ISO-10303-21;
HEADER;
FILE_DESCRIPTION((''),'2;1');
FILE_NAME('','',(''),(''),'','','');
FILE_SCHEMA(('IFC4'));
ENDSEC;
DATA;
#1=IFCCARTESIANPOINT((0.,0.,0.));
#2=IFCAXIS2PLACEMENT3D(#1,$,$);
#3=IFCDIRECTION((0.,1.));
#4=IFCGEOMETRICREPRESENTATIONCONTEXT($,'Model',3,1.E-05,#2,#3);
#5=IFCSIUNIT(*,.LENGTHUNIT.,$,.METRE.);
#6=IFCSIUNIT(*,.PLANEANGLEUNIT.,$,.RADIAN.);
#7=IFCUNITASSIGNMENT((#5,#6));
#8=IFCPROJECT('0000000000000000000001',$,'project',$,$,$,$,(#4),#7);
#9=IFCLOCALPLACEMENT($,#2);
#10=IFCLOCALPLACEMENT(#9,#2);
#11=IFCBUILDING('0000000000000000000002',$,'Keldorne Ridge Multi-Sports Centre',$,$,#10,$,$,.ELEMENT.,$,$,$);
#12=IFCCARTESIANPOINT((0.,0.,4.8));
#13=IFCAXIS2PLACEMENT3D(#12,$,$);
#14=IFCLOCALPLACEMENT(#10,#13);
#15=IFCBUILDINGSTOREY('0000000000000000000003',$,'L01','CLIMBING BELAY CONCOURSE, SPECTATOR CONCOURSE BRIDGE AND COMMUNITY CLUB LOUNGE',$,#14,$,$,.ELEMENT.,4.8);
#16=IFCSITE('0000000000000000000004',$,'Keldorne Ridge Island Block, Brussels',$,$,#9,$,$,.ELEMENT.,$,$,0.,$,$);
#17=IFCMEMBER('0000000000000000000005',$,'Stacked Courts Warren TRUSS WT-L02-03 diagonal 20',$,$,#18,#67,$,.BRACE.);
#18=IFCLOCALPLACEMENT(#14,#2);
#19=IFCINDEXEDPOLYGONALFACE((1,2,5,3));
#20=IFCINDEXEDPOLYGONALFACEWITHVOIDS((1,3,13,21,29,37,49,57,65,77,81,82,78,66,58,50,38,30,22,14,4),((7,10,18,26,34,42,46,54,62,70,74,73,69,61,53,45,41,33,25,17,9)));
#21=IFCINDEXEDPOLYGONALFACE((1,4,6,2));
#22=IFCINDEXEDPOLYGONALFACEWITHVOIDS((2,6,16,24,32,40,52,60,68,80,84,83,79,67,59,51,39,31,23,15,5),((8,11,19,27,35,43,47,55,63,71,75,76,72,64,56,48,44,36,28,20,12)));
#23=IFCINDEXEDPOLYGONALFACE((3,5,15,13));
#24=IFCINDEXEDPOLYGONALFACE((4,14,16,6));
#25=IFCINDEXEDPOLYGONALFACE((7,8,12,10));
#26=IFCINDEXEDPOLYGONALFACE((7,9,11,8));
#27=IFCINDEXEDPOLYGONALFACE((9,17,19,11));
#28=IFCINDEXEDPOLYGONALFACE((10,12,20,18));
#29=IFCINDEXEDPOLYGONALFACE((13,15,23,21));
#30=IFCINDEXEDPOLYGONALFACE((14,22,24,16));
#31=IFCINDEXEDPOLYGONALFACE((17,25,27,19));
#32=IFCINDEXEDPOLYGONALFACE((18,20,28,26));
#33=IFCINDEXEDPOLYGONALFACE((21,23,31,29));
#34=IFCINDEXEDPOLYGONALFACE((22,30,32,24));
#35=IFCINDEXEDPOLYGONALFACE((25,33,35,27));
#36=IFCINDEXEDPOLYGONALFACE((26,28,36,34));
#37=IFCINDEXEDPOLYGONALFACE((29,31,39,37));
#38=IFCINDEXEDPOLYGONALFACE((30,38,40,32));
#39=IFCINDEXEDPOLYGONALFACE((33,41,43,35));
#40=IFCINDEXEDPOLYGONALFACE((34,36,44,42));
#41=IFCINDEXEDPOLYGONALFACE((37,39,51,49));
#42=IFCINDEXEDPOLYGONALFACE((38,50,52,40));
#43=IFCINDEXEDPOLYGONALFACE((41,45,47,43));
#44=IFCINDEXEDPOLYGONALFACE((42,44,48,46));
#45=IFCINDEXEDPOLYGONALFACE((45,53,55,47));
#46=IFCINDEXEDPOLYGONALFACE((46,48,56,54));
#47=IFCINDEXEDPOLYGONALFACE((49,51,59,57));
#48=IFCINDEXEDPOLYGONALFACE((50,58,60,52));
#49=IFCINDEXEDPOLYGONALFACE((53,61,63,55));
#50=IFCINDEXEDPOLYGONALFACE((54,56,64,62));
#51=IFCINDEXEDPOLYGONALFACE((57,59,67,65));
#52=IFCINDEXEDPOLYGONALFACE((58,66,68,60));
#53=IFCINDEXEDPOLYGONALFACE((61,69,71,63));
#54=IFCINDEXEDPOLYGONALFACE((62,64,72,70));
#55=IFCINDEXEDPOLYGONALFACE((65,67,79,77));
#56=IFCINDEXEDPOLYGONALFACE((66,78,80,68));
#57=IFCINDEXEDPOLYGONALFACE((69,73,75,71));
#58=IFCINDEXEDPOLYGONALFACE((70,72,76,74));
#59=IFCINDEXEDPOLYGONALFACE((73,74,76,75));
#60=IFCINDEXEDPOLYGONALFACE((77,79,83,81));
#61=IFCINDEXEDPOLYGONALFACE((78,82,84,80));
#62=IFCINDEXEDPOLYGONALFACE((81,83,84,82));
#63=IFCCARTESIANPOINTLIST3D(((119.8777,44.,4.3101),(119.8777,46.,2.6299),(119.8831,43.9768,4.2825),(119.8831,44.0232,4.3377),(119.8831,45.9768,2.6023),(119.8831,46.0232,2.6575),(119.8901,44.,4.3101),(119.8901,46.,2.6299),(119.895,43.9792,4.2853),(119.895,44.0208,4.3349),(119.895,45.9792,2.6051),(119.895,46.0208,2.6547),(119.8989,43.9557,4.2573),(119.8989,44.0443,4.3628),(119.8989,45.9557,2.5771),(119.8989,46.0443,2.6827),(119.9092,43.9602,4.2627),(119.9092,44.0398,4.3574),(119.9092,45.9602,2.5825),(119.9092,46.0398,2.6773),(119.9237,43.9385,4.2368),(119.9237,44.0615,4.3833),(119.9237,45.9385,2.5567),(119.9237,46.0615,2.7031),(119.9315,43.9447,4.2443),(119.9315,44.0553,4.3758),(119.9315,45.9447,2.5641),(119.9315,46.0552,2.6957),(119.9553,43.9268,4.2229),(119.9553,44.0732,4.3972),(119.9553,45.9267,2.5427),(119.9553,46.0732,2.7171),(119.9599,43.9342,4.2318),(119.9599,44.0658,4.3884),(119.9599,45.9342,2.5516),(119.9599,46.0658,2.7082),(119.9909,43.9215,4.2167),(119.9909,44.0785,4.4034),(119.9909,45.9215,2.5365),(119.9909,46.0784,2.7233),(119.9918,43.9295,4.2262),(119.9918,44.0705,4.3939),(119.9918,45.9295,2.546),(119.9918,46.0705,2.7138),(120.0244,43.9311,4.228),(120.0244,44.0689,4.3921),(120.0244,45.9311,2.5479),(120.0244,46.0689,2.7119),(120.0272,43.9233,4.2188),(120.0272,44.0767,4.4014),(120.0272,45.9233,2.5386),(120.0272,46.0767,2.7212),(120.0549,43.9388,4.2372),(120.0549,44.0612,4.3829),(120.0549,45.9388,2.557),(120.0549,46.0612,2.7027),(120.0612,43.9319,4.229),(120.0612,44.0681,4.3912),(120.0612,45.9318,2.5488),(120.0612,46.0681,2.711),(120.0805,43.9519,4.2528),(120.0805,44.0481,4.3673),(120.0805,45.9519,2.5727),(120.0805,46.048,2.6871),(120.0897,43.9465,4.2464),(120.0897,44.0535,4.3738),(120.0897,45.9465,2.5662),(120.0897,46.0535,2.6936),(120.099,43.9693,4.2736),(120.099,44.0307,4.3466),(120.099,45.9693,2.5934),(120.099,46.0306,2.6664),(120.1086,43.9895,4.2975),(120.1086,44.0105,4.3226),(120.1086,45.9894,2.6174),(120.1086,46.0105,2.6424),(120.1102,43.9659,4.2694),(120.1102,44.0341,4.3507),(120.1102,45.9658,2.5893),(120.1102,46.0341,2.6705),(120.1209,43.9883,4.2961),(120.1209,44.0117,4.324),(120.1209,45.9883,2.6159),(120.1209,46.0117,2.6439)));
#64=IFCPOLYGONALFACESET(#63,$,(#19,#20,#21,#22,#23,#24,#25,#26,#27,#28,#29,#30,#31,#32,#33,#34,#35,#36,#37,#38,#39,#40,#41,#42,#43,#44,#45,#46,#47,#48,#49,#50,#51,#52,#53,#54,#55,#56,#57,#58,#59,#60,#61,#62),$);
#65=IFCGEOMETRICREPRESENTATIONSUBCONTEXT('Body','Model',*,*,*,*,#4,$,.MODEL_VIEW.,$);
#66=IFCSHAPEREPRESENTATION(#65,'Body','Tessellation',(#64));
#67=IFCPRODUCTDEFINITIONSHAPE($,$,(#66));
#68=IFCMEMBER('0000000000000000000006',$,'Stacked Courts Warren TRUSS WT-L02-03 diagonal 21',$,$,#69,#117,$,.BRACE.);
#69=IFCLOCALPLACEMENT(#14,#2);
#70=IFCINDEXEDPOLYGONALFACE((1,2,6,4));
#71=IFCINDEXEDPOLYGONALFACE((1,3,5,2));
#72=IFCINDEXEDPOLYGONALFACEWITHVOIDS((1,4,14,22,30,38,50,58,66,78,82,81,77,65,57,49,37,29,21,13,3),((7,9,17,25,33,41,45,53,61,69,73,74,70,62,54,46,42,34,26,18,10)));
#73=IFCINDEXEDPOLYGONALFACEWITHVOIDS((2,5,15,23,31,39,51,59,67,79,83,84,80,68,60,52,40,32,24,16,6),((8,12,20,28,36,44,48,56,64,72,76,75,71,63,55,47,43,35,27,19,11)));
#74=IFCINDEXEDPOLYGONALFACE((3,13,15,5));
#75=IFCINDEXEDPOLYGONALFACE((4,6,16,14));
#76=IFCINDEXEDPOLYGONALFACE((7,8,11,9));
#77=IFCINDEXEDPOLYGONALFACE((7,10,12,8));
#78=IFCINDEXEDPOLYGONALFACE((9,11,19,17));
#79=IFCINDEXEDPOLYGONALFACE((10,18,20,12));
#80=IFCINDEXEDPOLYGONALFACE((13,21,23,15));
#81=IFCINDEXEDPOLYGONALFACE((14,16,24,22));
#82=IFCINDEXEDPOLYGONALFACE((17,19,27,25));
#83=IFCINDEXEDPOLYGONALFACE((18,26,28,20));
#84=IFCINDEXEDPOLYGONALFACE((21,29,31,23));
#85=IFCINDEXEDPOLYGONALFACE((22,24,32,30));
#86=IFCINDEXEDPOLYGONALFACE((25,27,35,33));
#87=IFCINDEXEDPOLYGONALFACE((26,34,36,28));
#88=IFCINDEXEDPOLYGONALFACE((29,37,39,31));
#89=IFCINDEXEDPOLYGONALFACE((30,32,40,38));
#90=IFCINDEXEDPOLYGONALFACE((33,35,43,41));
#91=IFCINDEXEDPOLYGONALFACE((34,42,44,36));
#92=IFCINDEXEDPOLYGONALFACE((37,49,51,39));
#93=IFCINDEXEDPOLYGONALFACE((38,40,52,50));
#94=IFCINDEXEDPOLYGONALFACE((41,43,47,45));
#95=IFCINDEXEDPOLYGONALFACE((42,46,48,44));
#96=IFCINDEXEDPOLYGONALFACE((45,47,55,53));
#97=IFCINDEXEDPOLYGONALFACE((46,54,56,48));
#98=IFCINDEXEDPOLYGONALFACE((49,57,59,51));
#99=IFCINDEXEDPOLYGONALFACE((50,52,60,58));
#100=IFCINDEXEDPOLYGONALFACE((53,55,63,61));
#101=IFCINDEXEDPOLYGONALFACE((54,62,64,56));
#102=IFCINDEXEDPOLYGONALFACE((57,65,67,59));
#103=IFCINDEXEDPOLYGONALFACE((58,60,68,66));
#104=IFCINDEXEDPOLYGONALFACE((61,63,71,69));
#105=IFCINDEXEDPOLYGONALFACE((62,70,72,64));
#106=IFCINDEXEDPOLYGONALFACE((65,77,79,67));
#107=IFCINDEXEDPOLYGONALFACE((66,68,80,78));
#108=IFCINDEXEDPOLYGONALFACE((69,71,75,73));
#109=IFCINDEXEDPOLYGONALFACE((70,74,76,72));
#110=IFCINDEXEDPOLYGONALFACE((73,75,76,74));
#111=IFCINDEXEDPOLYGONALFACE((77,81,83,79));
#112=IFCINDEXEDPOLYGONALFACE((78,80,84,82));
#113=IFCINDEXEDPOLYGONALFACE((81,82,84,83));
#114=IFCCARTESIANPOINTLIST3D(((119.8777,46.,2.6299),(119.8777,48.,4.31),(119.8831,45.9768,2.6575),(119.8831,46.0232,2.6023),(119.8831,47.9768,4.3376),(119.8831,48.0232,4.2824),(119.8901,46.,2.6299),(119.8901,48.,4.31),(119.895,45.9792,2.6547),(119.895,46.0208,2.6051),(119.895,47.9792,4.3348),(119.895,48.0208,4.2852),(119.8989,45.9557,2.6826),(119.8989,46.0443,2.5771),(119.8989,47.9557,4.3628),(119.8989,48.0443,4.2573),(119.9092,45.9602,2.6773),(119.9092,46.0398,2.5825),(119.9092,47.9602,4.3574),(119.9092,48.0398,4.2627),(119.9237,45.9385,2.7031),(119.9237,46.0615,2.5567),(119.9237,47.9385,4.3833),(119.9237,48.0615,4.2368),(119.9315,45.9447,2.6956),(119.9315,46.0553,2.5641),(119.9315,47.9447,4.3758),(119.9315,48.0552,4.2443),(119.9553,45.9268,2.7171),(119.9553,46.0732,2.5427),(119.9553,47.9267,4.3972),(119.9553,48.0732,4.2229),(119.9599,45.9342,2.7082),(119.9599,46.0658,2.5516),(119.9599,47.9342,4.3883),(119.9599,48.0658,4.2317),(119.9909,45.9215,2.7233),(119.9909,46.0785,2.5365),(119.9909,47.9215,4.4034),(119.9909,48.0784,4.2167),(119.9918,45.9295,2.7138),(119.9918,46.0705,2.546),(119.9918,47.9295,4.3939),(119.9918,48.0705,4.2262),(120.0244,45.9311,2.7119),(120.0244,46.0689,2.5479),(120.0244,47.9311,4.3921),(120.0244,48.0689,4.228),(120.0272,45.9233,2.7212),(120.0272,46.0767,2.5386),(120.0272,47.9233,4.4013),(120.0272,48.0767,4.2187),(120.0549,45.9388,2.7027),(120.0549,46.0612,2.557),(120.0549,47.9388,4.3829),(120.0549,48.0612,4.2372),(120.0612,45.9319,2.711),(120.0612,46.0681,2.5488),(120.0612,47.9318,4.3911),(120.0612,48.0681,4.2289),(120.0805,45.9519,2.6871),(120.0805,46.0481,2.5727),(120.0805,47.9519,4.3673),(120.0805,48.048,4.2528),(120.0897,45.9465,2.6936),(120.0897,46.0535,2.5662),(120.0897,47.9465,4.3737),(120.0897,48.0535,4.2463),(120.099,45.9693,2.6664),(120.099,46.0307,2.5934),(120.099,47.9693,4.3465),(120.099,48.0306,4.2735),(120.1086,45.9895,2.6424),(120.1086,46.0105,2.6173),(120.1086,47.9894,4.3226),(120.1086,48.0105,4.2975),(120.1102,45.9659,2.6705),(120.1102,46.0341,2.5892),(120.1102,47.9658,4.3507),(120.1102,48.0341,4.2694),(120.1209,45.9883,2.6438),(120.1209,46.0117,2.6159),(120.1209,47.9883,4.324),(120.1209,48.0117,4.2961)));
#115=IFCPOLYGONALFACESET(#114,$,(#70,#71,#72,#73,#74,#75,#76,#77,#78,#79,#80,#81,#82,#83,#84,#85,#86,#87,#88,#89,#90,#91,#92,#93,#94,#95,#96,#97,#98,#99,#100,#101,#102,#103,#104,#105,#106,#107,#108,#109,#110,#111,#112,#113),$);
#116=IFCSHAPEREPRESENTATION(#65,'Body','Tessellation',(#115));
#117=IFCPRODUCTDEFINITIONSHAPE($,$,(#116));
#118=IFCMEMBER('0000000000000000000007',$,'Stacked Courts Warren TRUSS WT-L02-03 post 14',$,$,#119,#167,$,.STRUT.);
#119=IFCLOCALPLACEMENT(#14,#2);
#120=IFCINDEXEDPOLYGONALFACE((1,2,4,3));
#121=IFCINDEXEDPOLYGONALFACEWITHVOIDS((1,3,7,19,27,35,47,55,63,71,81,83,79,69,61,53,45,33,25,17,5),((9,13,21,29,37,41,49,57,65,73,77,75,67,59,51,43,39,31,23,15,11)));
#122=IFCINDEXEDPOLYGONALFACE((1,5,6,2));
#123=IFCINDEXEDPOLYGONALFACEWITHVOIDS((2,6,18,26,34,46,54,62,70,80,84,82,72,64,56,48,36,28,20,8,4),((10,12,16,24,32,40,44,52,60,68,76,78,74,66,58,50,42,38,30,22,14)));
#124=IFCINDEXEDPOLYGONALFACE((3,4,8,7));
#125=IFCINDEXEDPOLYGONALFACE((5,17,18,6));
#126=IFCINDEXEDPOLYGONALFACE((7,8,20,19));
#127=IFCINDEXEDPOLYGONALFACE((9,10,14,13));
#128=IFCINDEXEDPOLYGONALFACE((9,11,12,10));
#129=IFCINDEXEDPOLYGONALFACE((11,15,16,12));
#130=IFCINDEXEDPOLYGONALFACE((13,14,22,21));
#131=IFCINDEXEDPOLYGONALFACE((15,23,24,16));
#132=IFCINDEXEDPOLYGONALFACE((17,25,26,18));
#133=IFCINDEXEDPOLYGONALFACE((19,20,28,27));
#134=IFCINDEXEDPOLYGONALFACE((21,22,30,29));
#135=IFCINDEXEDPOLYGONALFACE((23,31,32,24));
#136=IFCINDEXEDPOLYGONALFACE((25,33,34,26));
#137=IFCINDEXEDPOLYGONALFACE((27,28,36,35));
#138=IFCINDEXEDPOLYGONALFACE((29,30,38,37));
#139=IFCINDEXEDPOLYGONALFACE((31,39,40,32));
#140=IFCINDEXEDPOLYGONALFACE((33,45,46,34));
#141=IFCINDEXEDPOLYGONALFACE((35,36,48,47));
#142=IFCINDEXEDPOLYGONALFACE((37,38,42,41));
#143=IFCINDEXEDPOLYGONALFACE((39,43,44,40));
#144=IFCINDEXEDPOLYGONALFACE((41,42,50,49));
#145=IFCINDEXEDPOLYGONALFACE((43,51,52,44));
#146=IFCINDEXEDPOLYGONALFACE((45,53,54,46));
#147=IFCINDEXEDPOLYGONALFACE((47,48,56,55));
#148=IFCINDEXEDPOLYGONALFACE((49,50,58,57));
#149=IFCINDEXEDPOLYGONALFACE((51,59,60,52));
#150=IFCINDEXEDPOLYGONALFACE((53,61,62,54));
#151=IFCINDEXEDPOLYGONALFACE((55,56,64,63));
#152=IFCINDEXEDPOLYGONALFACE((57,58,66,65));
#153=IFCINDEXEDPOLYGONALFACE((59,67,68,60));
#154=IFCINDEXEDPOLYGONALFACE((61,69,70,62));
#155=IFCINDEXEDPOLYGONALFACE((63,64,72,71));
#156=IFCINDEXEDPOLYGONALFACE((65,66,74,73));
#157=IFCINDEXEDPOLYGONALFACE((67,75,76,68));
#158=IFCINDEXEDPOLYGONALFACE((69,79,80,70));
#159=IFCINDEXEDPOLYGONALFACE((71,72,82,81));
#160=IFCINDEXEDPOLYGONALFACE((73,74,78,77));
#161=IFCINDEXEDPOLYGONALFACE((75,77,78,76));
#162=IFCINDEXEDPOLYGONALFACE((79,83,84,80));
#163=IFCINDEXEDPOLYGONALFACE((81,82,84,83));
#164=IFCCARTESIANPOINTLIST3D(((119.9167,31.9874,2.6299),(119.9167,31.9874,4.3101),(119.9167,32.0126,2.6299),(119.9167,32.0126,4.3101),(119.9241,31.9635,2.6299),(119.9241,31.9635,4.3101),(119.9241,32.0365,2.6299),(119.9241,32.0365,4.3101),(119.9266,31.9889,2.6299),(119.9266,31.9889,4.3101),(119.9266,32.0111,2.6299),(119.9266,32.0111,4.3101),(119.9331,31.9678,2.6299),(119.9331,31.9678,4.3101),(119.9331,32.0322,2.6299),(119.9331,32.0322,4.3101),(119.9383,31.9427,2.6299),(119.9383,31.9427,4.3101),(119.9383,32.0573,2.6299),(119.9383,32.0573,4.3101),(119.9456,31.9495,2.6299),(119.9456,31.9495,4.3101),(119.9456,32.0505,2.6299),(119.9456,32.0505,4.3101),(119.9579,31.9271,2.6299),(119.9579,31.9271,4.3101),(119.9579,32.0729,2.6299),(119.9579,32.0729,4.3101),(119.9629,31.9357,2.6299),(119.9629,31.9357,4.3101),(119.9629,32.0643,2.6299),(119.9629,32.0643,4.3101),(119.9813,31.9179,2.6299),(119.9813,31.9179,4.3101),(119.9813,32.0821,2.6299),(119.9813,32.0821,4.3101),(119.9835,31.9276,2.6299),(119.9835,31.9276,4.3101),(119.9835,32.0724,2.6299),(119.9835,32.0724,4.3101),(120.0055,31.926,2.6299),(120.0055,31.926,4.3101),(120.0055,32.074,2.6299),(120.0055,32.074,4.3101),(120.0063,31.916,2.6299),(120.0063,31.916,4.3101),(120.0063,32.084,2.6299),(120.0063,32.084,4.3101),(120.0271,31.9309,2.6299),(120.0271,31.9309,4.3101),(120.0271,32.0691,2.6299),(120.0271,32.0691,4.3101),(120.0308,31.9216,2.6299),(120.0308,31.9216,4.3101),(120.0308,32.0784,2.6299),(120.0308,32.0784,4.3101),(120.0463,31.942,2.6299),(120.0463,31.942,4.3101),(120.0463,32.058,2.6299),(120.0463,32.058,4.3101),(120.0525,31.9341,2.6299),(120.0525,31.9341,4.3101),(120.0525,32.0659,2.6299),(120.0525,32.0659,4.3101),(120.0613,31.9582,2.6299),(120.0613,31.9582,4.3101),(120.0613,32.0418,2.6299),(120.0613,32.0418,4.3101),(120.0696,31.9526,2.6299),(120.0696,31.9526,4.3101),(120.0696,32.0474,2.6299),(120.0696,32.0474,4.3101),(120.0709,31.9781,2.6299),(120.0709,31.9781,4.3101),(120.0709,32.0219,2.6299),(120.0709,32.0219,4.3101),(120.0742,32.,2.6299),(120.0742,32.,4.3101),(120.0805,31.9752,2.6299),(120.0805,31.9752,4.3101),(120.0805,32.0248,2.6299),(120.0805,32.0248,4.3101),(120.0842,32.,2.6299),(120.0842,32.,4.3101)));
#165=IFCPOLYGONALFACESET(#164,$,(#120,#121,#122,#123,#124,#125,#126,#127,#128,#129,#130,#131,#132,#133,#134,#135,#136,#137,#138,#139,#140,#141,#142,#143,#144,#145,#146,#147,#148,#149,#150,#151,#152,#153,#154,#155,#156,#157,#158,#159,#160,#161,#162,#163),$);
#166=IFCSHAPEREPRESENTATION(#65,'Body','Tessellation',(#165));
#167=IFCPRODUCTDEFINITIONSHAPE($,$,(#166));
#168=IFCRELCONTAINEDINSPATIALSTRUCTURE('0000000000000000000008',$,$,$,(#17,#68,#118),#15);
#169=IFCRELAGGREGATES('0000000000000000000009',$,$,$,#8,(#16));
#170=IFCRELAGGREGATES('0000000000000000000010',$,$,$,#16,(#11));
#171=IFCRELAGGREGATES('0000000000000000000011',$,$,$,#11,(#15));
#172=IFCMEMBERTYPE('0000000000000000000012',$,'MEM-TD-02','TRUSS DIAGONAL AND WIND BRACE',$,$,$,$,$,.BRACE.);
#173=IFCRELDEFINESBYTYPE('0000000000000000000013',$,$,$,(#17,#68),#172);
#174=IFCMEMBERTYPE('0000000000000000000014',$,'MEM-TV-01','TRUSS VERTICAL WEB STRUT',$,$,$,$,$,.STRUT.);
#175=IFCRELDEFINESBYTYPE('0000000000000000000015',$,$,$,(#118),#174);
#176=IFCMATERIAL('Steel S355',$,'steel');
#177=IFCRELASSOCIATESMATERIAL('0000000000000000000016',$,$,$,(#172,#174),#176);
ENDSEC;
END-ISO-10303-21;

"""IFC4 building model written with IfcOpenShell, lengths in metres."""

from ifc_helpers import new_model, si_unit, direction, frame, origin, origin_2d, place, context, subcontext, project, spatial, hollow_circle, extrude, material, material_profile, profile_set, type_object, element, save


model = new_model("IFC4")

# Units and contexts
model_context = context("Model", 3, precision=1e-05, world=origin(), true_north=direction((0.0, 1.0)))
body_context = subcontext(model_context, "Body", "Model", "MODEL_VIEW")
ifc_project = project(units=[si_unit("LENGTHUNIT", "METRE"), si_unit("PLANEANGLEUNIT", "RADIAN")], contexts=[model_context])

# Site, building, storey
site_placement = place(None, origin())
site = spatial("IfcSite", under=ifc_project, at=site_placement, Name="Keldorne Ridge Island Block, Brussels", CompositionType="ELEMENT", RefElevation=0.0)
building_placement = place(site_placement, origin())
building = spatial("IfcBuilding", under=site, at=building_placement, Name="Keldorne Ridge Multi-Sports Centre", CompositionType="ELEMENT")
storey_placement = place(building_placement, frame((0.0, 0.0, 4.8)))
storey = spatial("IfcBuildingStorey", under=building, at=storey_placement, Name="L01", Description="CLIMBING BELAY CONCOURSE, SPECTATOR CONCOURSE BRIDGE AND COMMUNITY CLUB LOUNGE", CompositionType="ELEMENT", Elevation=4.8)

# Members
ifc_material = material(Name="Steel S355", Category="steel")
ifc_material_profile_1 = material_profile(ifc_material, hollow_circle(Radius=0.1223, WallThickness=0.0125, at=origin_2d()), Name="CHS 244.5x12.5")
ifc_profile_set_1 = profile_set([ifc_material_profile_1], Name="Steel S355")
member_type_1 = type_object("IfcMemberType", Name="MEM-TD-02", Description="TRUSS DIAGONAL AND WIND BRACE", PredefinedType="BRACE", material=ifc_profile_set_1)
for number, where, z_axis, x_axis, name in (
    (1, (120.0, 44.0, 4.3101), (0.0, 0.765672, -0.643232), (-1.0, 0.0, 0.0), "Stacked Courts Warren TRUSS WT-L02-03 diagonal 20"),
    (2, (120.0, 46.0, 2.6299), (0.0, 0.765672, 0.643232), (-1.0, 0.0, 0.0), "Stacked Courts Warren TRUSS WT-L02-03 diagonal 21"),
):
    element("IfcMember", number, at=place(storey_placement, frame(where, z_axis=z_axis, x_axis=x_axis)), inside=storey, type_object=member_type_1, Name=name, PredefinedType="BRACE", context=body_context, shape_type="SweptSolid", body=[
        extrude(hollow_circle(Radius=0.1223, WallThickness=0.0125, at=origin_2d()), origin(), (0.0, 0.0, 1.0), 2.6121),
    ])
ifc_material_profile_2 = material_profile(ifc_material, hollow_circle(Radius=0.0842, WallThickness=0.01, at=origin_2d()), Name="CHS 168.3x10")
ifc_profile_set_2 = profile_set([ifc_material_profile_2], Name="Steel S355")
member_type_2 = type_object("IfcMemberType", Name="MEM-TV-01", Description="TRUSS VERTICAL WEB STRUT", PredefinedType="STRUT", material=ifc_profile_set_2)
for number, where, z_axis, x_axis, name in (
    (3, (120.0, 32.0, 2.6299), (0.0, 0.0, 1.0), (1.0, 0.0, 0.0), "Stacked Courts Warren TRUSS WT-L02-03 post 14"),
):
    element("IfcMember", number, at=place(storey_placement, frame(where, z_axis=z_axis, x_axis=x_axis)), inside=storey, type_object=member_type_2, Name=name, PredefinedType="STRUT", context=body_context, shape_type="SweptSolid", body=[
        extrude(hollow_circle(Radius=0.0842, WallThickness=0.01, at=origin_2d()), origin(), (0.0, 0.0, 1.0), 1.6802),
    ])

save(model, "model.ifc")
